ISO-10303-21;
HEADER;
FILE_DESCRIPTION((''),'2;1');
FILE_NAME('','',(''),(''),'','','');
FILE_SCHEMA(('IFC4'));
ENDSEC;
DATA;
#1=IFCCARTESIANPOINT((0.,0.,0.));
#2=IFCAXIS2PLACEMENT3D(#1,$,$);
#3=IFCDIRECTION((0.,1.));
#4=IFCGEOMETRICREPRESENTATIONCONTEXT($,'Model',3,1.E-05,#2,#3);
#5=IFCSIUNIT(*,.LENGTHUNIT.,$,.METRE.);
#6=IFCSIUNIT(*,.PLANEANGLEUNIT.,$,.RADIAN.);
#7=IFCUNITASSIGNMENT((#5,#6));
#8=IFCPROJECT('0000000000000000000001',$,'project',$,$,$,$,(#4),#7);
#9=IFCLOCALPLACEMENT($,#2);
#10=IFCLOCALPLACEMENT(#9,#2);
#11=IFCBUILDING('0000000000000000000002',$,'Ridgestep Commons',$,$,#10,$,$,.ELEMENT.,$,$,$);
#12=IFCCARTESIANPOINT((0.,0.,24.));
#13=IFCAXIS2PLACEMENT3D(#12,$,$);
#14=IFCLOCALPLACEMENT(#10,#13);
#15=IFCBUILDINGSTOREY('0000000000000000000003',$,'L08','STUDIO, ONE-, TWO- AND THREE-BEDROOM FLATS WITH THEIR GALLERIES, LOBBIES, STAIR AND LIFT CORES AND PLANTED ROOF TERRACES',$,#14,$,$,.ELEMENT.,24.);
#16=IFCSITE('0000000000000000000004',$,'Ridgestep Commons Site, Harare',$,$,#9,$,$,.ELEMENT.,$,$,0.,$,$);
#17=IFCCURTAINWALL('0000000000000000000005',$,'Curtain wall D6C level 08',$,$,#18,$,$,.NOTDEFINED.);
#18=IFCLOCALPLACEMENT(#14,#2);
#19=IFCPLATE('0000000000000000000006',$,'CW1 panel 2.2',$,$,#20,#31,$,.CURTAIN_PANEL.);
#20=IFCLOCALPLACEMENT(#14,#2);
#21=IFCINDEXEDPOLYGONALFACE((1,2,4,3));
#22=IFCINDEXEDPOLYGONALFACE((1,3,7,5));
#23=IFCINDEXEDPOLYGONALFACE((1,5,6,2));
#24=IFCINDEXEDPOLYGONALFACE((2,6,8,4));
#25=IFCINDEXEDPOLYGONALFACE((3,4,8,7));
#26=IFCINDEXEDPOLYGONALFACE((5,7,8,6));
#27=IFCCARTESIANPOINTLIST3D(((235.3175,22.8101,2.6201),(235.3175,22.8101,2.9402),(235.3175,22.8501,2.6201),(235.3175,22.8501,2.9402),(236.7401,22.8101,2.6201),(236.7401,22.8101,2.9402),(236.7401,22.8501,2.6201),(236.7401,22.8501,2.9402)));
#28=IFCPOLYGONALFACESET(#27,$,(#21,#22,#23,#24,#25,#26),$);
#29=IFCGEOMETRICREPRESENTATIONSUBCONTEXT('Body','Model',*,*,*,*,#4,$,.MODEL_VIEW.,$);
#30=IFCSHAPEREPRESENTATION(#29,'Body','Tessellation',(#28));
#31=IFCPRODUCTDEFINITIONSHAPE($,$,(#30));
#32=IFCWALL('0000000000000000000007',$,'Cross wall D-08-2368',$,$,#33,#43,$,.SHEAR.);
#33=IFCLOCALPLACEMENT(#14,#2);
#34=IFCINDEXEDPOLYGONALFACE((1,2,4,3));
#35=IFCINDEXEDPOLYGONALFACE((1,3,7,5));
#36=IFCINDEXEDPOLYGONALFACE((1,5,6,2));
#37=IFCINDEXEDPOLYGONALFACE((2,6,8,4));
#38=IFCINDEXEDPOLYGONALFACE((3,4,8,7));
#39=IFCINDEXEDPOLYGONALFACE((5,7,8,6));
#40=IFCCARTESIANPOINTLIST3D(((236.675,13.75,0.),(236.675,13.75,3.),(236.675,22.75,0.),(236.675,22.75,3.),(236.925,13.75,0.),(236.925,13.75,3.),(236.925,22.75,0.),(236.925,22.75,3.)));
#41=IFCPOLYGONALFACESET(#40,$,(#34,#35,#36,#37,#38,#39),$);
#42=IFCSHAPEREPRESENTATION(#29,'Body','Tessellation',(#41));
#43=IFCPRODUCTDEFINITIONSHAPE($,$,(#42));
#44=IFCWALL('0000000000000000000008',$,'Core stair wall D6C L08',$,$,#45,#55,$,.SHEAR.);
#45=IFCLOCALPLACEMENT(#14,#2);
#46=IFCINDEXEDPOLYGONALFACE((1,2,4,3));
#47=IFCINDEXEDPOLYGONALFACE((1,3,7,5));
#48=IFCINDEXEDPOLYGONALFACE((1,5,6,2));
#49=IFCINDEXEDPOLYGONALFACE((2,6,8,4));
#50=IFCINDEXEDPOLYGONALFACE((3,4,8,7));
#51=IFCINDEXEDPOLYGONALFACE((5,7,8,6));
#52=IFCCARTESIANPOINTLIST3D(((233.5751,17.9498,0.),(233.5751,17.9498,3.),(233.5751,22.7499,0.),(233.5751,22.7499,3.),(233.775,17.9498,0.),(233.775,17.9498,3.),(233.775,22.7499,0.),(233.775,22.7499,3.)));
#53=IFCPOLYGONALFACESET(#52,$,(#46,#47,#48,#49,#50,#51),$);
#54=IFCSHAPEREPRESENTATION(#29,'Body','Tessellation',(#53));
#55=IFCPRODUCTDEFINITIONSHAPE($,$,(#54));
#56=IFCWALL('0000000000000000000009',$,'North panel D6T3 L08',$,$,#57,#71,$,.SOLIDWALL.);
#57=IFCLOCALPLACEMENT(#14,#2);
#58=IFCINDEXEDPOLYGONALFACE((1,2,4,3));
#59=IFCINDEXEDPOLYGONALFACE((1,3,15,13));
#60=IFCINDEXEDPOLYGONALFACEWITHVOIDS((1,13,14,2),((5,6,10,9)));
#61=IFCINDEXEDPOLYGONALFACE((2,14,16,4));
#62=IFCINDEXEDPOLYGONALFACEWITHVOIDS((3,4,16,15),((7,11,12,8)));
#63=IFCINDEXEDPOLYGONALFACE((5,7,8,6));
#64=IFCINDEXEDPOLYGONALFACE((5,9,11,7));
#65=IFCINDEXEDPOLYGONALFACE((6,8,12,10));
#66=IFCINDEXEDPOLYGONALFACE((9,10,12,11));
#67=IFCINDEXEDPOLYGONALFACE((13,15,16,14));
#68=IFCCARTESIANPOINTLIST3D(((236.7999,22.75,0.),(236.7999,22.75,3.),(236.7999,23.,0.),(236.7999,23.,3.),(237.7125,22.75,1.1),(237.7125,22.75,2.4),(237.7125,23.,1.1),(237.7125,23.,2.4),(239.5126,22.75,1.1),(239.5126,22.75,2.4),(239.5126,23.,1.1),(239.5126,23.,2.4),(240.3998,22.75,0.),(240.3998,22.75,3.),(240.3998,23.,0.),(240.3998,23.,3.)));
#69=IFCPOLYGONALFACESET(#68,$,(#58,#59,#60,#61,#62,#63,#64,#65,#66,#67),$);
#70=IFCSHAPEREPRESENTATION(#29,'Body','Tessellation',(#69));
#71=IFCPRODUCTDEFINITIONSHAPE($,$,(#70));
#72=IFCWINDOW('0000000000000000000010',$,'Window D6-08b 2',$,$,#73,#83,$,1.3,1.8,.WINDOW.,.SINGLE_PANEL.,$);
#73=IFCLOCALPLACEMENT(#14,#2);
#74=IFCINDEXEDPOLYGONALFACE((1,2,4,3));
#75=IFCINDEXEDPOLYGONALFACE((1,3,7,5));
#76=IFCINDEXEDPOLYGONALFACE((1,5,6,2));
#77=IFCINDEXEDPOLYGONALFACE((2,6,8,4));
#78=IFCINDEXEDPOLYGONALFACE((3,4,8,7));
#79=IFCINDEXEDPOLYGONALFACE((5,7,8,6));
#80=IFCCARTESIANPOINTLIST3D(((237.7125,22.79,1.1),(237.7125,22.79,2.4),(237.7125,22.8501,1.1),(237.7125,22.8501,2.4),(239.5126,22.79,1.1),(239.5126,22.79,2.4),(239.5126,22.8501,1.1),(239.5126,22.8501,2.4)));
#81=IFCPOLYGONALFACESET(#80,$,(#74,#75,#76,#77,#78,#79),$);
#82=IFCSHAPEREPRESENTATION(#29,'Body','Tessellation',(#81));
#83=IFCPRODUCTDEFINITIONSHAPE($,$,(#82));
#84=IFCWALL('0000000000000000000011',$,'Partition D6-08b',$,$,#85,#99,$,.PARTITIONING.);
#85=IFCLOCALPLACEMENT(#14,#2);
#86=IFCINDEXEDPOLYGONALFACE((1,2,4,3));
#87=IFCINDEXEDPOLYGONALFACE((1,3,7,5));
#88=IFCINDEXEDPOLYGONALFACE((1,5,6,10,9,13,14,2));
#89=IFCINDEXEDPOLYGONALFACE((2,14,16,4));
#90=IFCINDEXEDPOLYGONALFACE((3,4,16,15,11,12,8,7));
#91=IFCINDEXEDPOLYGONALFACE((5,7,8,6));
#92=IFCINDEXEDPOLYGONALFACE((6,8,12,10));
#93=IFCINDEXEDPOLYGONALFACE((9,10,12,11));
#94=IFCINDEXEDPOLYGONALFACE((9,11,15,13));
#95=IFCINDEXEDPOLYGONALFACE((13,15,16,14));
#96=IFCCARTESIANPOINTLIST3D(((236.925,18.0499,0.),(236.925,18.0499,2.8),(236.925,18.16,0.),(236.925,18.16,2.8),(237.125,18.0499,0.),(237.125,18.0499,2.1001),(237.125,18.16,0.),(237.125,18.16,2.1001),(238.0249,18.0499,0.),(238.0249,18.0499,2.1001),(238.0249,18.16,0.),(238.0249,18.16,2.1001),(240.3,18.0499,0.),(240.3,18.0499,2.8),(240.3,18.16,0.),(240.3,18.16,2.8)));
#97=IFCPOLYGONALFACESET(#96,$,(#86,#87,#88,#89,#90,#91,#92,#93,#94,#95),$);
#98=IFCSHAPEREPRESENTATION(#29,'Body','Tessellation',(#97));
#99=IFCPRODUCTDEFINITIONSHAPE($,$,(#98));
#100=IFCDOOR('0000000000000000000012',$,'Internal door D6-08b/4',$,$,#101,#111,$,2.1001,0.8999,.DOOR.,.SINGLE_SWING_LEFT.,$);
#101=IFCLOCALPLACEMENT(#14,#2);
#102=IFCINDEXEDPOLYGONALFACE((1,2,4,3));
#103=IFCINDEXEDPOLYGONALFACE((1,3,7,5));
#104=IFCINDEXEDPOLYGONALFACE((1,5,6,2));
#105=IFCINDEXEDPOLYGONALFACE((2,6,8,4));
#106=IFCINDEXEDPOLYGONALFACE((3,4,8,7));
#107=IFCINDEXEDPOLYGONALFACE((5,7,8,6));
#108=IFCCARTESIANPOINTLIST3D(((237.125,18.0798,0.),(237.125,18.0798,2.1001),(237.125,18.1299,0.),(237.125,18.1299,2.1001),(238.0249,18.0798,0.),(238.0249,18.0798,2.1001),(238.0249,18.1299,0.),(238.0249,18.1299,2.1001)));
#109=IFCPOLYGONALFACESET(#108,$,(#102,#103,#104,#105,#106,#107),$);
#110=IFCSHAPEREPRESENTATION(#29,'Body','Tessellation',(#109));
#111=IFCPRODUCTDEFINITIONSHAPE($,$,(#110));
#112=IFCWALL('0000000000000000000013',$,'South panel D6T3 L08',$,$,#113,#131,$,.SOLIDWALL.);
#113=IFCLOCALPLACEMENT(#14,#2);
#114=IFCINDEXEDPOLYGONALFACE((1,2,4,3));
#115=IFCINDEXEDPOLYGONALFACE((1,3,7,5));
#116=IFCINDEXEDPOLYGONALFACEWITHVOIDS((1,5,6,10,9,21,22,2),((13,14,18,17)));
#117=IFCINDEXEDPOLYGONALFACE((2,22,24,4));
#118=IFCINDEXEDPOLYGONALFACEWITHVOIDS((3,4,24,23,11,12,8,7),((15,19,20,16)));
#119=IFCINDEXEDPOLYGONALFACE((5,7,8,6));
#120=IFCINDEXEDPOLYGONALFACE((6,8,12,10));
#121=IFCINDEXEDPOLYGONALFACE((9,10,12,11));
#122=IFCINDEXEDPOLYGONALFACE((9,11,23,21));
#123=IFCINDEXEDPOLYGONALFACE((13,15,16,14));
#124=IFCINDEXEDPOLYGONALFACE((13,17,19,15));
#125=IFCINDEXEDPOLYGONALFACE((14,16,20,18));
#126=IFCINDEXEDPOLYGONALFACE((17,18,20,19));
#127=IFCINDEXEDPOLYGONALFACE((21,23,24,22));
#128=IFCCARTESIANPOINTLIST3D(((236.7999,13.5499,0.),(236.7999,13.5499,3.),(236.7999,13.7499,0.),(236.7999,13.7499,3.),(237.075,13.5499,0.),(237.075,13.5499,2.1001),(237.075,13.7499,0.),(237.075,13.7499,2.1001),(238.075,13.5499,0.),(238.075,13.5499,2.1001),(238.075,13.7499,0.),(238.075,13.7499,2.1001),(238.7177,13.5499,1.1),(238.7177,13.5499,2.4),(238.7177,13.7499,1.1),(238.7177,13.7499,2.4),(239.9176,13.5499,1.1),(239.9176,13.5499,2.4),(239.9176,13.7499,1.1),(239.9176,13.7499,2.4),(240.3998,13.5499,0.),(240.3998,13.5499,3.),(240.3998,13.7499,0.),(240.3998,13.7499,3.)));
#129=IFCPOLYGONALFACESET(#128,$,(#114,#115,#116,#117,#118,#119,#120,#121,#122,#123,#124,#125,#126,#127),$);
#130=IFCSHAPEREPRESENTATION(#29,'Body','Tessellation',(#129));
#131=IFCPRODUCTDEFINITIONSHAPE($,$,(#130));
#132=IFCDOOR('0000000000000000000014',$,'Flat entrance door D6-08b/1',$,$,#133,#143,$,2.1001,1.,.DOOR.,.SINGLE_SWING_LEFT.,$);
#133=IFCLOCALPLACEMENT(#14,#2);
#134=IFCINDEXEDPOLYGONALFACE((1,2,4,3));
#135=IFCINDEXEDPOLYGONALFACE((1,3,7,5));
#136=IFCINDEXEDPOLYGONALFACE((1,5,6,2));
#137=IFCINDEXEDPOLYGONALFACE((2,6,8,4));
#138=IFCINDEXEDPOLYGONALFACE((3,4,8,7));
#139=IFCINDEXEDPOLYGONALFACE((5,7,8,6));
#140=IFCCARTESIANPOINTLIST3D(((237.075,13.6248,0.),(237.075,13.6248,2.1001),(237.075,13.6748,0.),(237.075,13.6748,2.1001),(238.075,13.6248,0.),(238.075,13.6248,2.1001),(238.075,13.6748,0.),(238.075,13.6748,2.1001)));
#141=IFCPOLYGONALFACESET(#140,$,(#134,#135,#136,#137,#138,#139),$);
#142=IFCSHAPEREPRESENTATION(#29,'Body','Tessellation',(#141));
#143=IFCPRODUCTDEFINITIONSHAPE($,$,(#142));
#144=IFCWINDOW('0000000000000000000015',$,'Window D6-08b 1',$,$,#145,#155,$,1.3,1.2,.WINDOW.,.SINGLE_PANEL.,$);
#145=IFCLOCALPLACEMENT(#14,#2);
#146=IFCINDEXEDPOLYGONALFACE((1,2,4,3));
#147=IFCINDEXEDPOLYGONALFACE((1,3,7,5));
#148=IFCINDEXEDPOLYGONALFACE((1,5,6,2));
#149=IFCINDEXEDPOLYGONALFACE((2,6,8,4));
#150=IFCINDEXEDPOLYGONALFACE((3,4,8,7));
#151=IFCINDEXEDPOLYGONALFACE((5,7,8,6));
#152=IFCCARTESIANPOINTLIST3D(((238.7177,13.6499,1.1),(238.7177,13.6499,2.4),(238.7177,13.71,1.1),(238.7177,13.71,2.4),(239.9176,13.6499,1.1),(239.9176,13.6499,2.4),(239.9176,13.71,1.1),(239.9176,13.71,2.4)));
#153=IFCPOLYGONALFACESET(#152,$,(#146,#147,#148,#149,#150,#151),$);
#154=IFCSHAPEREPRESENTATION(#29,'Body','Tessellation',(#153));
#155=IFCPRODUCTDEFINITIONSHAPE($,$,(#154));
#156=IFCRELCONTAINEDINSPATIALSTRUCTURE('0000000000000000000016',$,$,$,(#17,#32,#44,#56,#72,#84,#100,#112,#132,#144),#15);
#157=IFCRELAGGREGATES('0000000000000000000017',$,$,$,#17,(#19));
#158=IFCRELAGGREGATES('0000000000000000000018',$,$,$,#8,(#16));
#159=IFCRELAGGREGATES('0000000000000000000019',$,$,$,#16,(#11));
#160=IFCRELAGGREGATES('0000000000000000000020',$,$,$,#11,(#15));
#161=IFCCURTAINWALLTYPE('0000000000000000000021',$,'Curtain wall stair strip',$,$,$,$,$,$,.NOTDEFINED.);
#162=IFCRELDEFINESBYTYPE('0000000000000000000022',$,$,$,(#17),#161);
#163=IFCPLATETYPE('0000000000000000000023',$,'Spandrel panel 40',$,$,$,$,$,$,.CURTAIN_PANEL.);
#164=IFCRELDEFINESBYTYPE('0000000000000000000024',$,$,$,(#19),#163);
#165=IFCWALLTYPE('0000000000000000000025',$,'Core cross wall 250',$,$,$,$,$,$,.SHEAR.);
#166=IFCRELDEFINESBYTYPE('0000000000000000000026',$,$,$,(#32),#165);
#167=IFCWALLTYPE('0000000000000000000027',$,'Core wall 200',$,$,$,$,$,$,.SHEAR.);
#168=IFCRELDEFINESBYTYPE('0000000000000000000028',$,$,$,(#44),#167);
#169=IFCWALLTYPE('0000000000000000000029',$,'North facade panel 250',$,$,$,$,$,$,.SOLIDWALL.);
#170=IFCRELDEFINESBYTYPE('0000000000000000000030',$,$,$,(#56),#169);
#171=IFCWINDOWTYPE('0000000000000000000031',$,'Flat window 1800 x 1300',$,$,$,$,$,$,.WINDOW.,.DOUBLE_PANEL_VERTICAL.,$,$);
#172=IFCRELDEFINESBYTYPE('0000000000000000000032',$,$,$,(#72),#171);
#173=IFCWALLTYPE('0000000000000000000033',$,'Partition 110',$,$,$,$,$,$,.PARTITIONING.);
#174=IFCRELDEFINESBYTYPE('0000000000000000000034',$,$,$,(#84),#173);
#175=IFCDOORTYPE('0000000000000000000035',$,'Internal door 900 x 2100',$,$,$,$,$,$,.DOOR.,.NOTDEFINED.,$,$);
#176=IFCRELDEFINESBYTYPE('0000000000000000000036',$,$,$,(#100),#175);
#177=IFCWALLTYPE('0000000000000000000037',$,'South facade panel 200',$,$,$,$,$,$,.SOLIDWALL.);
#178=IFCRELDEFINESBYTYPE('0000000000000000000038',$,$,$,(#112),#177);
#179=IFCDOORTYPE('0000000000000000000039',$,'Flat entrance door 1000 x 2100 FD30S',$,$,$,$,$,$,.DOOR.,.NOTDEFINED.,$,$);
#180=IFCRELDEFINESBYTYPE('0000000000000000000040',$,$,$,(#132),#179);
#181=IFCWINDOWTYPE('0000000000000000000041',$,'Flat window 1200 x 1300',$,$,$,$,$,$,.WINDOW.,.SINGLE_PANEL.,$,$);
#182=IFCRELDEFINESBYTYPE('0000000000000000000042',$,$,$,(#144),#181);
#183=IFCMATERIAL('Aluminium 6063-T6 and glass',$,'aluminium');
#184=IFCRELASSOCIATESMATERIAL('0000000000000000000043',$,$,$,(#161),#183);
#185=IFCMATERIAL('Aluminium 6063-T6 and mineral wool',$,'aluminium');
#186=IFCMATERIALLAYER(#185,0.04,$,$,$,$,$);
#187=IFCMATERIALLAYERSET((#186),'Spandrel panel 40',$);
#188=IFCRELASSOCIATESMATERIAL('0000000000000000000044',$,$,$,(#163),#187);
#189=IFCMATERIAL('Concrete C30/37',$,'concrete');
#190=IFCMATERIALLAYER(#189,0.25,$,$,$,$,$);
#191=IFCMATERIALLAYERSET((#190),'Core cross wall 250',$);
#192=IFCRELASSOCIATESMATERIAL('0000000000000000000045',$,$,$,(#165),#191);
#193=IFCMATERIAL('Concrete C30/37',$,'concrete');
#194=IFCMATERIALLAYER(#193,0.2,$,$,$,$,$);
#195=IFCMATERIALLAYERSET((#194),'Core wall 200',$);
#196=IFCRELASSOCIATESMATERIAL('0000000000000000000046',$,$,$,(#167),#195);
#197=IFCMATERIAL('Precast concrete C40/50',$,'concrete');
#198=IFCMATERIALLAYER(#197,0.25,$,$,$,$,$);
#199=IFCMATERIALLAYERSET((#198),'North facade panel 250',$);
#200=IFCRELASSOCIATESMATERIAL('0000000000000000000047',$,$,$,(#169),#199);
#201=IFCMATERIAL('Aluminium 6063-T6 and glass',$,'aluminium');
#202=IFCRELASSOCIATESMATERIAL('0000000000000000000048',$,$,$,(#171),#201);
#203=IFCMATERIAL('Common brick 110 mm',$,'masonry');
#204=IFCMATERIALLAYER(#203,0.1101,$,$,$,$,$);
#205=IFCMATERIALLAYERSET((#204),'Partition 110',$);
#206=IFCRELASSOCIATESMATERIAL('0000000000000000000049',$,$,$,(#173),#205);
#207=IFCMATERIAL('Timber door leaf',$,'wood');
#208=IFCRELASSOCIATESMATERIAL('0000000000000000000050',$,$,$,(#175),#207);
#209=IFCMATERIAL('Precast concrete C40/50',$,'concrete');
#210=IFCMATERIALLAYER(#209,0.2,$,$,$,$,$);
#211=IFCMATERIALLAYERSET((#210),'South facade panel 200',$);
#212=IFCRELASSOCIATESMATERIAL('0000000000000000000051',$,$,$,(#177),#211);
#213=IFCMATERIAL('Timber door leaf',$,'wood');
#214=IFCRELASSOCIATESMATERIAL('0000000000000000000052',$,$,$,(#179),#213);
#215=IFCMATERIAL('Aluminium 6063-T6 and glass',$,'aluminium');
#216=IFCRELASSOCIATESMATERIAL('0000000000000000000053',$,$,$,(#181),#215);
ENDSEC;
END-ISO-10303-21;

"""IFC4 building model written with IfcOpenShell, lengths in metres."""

from ifc_helpers import new_model, si_unit, direction, frame, frame_2d, origin, origin_2d, place, context, subcontext, project, spatial, rectangle, extrude, material, layer, layer_set, type_object, element, fill, aggregate, save


model = new_model("IFC4")

# Units and contexts
model_context = context("Model", 3, precision=1e-05, world=origin(), true_north=direction((0.0, 1.0)))
body_context = subcontext(model_context, "Body", "Model", "MODEL_VIEW")
ifc_project = project(units=[si_unit("LENGTHUNIT", "METRE"), si_unit("PLANEANGLEUNIT", "RADIAN")], contexts=[model_context])

# Site, building, storey
site_placement = place(None, origin())
site = spatial("IfcSite", under=ifc_project, at=site_placement, Name="Ridgestep Commons Site, Harare", CompositionType="ELEMENT", RefElevation=0.0)
building_placement = place(site_placement, origin())
building = spatial("IfcBuilding", under=site, at=building_placement, Name="Ridgestep Commons", CompositionType="ELEMENT")
storey_placement = place(building_placement, frame((0.0, 0.0, 24.0)))
storey = spatial("IfcBuildingStorey", under=building, at=storey_placement, Name="L08", Description="STUDIO, ONE-, TWO- AND THREE-BEDROOM FLATS WITH THEIR GALLERIES, LOBBIES, STAIR AND LIFT CORES AND PLANTED ROOF TERRACES", CompositionType="ELEMENT", Elevation=24.0)

# Curtain wall, plate
ifc_material_1 = material(Name="Aluminium 6063-T6 and glass", Category="aluminium")
curtain_wall_type = type_object("IfcCurtainWallType", Name="Curtain wall stair strip", PredefinedType="NOTDEFINED", material=ifc_material_1)
curtain_wall_placement = place(storey_placement, origin())
curtain_wall = element("IfcCurtainWall", 1, at=curtain_wall_placement, inside=storey, type_object=curtain_wall_type, Name="Curtain wall D6C level 08", PredefinedType="NOTDEFINED")
ifc_material_2 = material(Name="Aluminium 6063-T6 and mineral wool", Category="aluminium")
ifc_layer_1 = layer(ifc_material_2, 0.04)
ifc_layer_set_1 = layer_set([ifc_layer_1], Name="Spandrel panel 40")
plate_type_1 = type_object("IfcPlateType", Name="Spandrel panel 40", PredefinedType="CURTAIN_PANEL", material=ifc_layer_set_1)
plate_1_placement = place(storey_placement, frame((236.0288, 22.8301, 2.6201), z_axis=(0.0, 0.0, 1.0), x_axis=(1.0, 0.0, 0.0)))
plate_1 = element("IfcPlate", 2, at=plate_1_placement, type_object=plate_type_1, Name="CW1 panel 2.2", PredefinedType="CURTAIN_PANEL", context=body_context, shape_type="SweptSolid", body=[
    extrude(rectangle(XDim=1.4226, YDim=0.04, at=origin_2d()), origin(), (0.0, 0.0, 1.0), 0.3201),
])
aggregate(curtain_wall, [plate_1])

# Walls
ifc_material_3 = material(Name="Concrete C30/37", Category="concrete")
ifc_layer_2 = layer(ifc_material_3, 0.25)
ifc_layer_set_2 = layer_set([ifc_layer_2], Name="Core cross wall 250")
wall_type_1 = type_object("IfcWallType", Name="Core cross wall 250", PredefinedType="SHEAR", material=ifc_layer_set_2)
wall_1_placement = place(storey_placement, frame((236.8, 13.75, 0.0), z_axis=(0.0, 0.0, 1.0), x_axis=(0.0, 1.0, 0.0)))
element("IfcWall", 3, at=wall_1_placement, inside=storey, type_object=wall_type_1, Name="Cross wall D-08-2368", PredefinedType="SHEAR", context=body_context, shape_type="SweptSolid", body=[
    extrude(rectangle(XDim=9.0, YDim=0.25, at=frame_2d((4.5, 0.0))), origin(), (0.0, 0.0, 1.0), 3.0),
])
ifc_material_4 = material(Name="Concrete C30/37", Category="concrete")
ifc_layer_3 = layer(ifc_material_4, 0.2)
ifc_layer_set_3 = layer_set([ifc_layer_3], Name="Core wall 200")
wall_type_2 = type_object("IfcWallType", Name="Core wall 200", PredefinedType="SHEAR", material=ifc_layer_set_3)
wall_2_placement = place(storey_placement, frame((233.675, 17.95, 0.0), z_axis=(0.0, 0.0, 1.0), x_axis=(0.0, 1.0, 0.0)))
element("IfcWall", 4, at=wall_2_placement, inside=storey, type_object=wall_type_2, Name="Core stair wall D6C L08", PredefinedType="SHEAR", context=body_context, shape_type="SweptSolid", body=[
    extrude(rectangle(XDim=4.8, YDim=0.2, at=frame_2d((2.3999, 0.0))), origin(), (0.0, 0.0, 1.0), 3.0),
])

# Wall, opening, window
ifc_material_5 = material(Name="Precast concrete C40/50", Category="concrete")
ifc_layer_4 = layer(ifc_material_5, 0.25)
ifc_layer_set_4 = layer_set([ifc_layer_4], Name="North facade panel 250")
wall_type_3 = type_object("IfcWallType", Name="North facade panel 250", PredefinedType="SOLIDWALL", material=ifc_layer_set_4)
wall_3_placement = place(storey_placement, frame((236.8, 22.875, 0.0), z_axis=(0.0, 0.0, 1.0), x_axis=(1.0, 0.0, 0.0)))
wall_3 = element("IfcWall", 5, at=wall_3_placement, inside=storey, type_object=wall_type_3, Name="North panel D6T3 L08", PredefinedType="SOLIDWALL", context=body_context, shape_type="SweptSolid", body=[
    extrude(rectangle(XDim=3.5999, YDim=0.25, at=frame_2d((1.7998, 0.0))), origin(), (0.0, 0.0, 1.0), 3.0),
])
opening_1_placement = place(wall_3_placement, frame((0.9126, 0.0, 1.1001)))
opening_1 = element("IfcOpeningElement", 6, at=opening_1_placement, cuts=wall_3, PredefinedType="OPENING", context=body_context, shape_type="SweptSolid", body=[
    extrude(rectangle(XDim=1.8, YDim=1.3, at=frame_2d((0.8999, 0.6499))), frame((0.0, 0.135, 0.0), z_axis=(0.0, -1.0, 0.0), x_axis=(1.0, 0.0, 0.0)), (0.0, 0.0, 1.0), 0.27),
])
ifc_material_6 = material(Name="Aluminium 6063-T6 and glass", Category="aluminium")
window_type_1 = type_object("IfcWindowType", Name="Flat window 1800 x 1300", PartitioningType="DOUBLE_PANEL_VERTICAL", PredefinedType="WINDOW", material=ifc_material_6)
window_1_placement = place(opening_1_placement, origin())
window_1 = element("IfcWindow", 7, at=window_1_placement, inside=storey, type_object=window_type_1, Name="Window D6-08b 2", OverallHeight=1.3, OverallWidth=1.8, PartitioningType="SINGLE_PANEL", PredefinedType="WINDOW", context=body_context, shape_type="SweptSolid", body=[
    extrude(rectangle(XDim=1.8, YDim=1.3, at=frame_2d((0.8999, 0.6499))), frame((0.0, -0.0249, 0.0), z_axis=(0.0, -1.0, 0.0), x_axis=(1.0, 0.0, 0.0)), (0.0, 0.0, 1.0), 0.0601),
])
fill(opening_1, window_1)

# Wall, opening, door
ifc_material_7 = material(Name="Common brick 110 mm", Category="masonry")
ifc_layer_5 = layer(ifc_material_7, 0.1101)
ifc_layer_set_5 = layer_set([ifc_layer_5], Name="Partition 110")
wall_type_4 = type_object("IfcWallType", Name="Partition 110", PredefinedType="PARTITIONING", material=ifc_layer_set_5)
wall_4_placement = place(storey_placement, frame((236.925, 18.105, 0.0), z_axis=(0.0, 0.0, 1.0), x_axis=(1.0, 0.0, 0.0)))
wall_4 = element("IfcWall", 8, at=wall_4_placement, inside=storey, type_object=wall_type_4, Name="Partition D6-08b", PredefinedType="PARTITIONING", context=body_context, shape_type="SweptSolid", body=[
    extrude(rectangle(XDim=3.375, YDim=0.1101, at=frame_2d((1.6875, 0.0))), origin(), (0.0, 0.0, 1.0), 2.8),
])
opening_2_placement = place(wall_4_placement, frame((0.2, 0.0, 0.0)))
opening_2 = element("IfcOpeningElement", 9, at=opening_2_placement, cuts=wall_4, PredefinedType="OPENING", context=body_context, shape_type="SweptSolid", body=[
    extrude(rectangle(XDim=0.8999, YDim=2.1001, at=frame_2d((0.45, 1.05))), frame((0.0, 0.0649, 0.0), z_axis=(0.0, -1.0, 0.0), x_axis=(1.0, 0.0, 0.0)), (0.0, 0.0, 1.0), 0.1301),
])
ifc_material_8 = material(Name="Timber door leaf", Category="wood")
door_type_1 = type_object("IfcDoorType", Name="Internal door 900 x 2100", OperationType="NOTDEFINED", PredefinedType="DOOR", material=ifc_material_8)
door_1_placement = place(opening_2_placement, origin())
door_1 = element("IfcDoor", 10, at=door_1_placement, inside=storey, type_object=door_type_1, Name="Internal door D6-08b/4", OperationType="SINGLE_SWING_LEFT", OverallHeight=2.1001, OverallWidth=0.8999, PredefinedType="DOOR", context=body_context, shape_type="SweptSolid", body=[
    extrude(rectangle(XDim=0.8999, YDim=2.1001, at=frame_2d((0.45, 1.05))), frame((0.0, 0.0249, 0.0), z_axis=(0.0, -1.0, 0.0), x_axis=(1.0, 0.0, 0.0)), (0.0, 0.0, 1.0), 0.05),
])
fill(opening_2, door_1)

# Wall, openings, door, window
ifc_material_9 = material(Name="Precast concrete C40/50", Category="concrete")
ifc_layer_6 = layer(ifc_material_9, 0.2)
ifc_layer_set_6 = layer_set([ifc_layer_6], Name="South facade panel 200")
wall_type_5 = type_object("IfcWallType", Name="South facade panel 200", PredefinedType="SOLIDWALL", material=ifc_layer_set_6)
wall_5_placement = place(storey_placement, frame((236.8, 13.6499, 0.0), z_axis=(0.0, 0.0, 1.0), x_axis=(1.0, 0.0, 0.0)))
wall_5 = element("IfcWall", 11, at=wall_5_placement, inside=storey, type_object=wall_type_5, Name="South panel D6T3 L08", PredefinedType="SOLIDWALL", context=body_context, shape_type="SweptSolid", body=[
    extrude(rectangle(XDim=3.5999, YDim=0.2, at=frame_2d((1.7998, 0.0))), origin(), (0.0, 0.0, 1.0), 3.0),
])
opening_3_placement = place(wall_5_placement, frame((1.9175, 0.0, 1.1001)))
opening_3 = element("IfcOpeningElement", 12, at=opening_3_placement, cuts=wall_5, PredefinedType="OPENING", context=body_context, shape_type="SweptSolid", body=[
    extrude(rectangle(XDim=1.2, YDim=1.3, at=frame_2d((0.6001, 0.6499))), frame((0.0, 0.1099, 0.0), z_axis=(0.0, -1.0, 0.0), x_axis=(1.0, 0.0, 0.0)), (0.0, 0.0, 1.0), 0.22),
])
opening_4_placement = place(wall_5_placement, frame((0.2749, 0.0, 0.0)))
opening_4 = element("IfcOpeningElement", 13, at=opening_4_placement, cuts=wall_5, PredefinedType="OPENING", context=body_context, shape_type="SweptSolid", body=[
    extrude(rectangle(XDim=1.0, YDim=2.1001, at=frame_2d((0.5, 1.05))), frame((0.0, 0.1099, 0.0), z_axis=(0.0, -1.0, 0.0), x_axis=(1.0, 0.0, 0.0)), (0.0, 0.0, 1.0), 0.22),
])
ifc_material_10 = material(Name="Timber door leaf", Category="wood")
door_type_2 = type_object("IfcDoorType", Name="Flat entrance door 1000 x 2100 FD30S", OperationType="NOTDEFINED", PredefinedType="DOOR", material=ifc_material_10)
door_2_placement = place(opening_4_placement, origin())
door_2 = element("IfcDoor", 14, at=door_2_placement, inside=storey, type_object=door_type_2, Name="Flat entrance door D6-08b/1", OperationType="SINGLE_SWING_LEFT", OverallHeight=2.1001, OverallWidth=1.0, PredefinedType="DOOR", context=body_context, shape_type="SweptSolid", body=[
    extrude(rectangle(XDim=1.0, YDim=2.1001, at=frame_2d((0.5, 1.05))), frame((0.0, 0.0249, 0.0), z_axis=(0.0, -1.0, 0.0), x_axis=(1.0, 0.0, 0.0)), (0.0, 0.0, 1.0), 0.05),
])
fill(opening_4, door_2)
ifc_material_11 = material(Name="Aluminium 6063-T6 and glass", Category="aluminium")
window_type_2 = type_object("IfcWindowType", Name="Flat window 1200 x 1300", PartitioningType="SINGLE_PANEL", PredefinedType="WINDOW", material=ifc_material_11)
window_2_placement = place(opening_3_placement, origin())
window_2 = element("IfcWindow", 15, at=window_2_placement, inside=storey, type_object=window_type_2, Name="Window D6-08b 1", OverallHeight=1.3, OverallWidth=1.2, PartitioningType="SINGLE_PANEL", PredefinedType="WINDOW", context=body_context, shape_type="SweptSolid", body=[
    extrude(rectangle(XDim=1.2, YDim=1.3, at=frame_2d((0.6001, 0.6499))), frame((0.0, 0.0601, 0.0), z_axis=(0.0, -1.0, 0.0), x_axis=(1.0, 0.0, 0.0)), (0.0, 0.0, 1.0), 0.0601),
])
fill(opening_3, window_2)

save(model, "model.ifc")
